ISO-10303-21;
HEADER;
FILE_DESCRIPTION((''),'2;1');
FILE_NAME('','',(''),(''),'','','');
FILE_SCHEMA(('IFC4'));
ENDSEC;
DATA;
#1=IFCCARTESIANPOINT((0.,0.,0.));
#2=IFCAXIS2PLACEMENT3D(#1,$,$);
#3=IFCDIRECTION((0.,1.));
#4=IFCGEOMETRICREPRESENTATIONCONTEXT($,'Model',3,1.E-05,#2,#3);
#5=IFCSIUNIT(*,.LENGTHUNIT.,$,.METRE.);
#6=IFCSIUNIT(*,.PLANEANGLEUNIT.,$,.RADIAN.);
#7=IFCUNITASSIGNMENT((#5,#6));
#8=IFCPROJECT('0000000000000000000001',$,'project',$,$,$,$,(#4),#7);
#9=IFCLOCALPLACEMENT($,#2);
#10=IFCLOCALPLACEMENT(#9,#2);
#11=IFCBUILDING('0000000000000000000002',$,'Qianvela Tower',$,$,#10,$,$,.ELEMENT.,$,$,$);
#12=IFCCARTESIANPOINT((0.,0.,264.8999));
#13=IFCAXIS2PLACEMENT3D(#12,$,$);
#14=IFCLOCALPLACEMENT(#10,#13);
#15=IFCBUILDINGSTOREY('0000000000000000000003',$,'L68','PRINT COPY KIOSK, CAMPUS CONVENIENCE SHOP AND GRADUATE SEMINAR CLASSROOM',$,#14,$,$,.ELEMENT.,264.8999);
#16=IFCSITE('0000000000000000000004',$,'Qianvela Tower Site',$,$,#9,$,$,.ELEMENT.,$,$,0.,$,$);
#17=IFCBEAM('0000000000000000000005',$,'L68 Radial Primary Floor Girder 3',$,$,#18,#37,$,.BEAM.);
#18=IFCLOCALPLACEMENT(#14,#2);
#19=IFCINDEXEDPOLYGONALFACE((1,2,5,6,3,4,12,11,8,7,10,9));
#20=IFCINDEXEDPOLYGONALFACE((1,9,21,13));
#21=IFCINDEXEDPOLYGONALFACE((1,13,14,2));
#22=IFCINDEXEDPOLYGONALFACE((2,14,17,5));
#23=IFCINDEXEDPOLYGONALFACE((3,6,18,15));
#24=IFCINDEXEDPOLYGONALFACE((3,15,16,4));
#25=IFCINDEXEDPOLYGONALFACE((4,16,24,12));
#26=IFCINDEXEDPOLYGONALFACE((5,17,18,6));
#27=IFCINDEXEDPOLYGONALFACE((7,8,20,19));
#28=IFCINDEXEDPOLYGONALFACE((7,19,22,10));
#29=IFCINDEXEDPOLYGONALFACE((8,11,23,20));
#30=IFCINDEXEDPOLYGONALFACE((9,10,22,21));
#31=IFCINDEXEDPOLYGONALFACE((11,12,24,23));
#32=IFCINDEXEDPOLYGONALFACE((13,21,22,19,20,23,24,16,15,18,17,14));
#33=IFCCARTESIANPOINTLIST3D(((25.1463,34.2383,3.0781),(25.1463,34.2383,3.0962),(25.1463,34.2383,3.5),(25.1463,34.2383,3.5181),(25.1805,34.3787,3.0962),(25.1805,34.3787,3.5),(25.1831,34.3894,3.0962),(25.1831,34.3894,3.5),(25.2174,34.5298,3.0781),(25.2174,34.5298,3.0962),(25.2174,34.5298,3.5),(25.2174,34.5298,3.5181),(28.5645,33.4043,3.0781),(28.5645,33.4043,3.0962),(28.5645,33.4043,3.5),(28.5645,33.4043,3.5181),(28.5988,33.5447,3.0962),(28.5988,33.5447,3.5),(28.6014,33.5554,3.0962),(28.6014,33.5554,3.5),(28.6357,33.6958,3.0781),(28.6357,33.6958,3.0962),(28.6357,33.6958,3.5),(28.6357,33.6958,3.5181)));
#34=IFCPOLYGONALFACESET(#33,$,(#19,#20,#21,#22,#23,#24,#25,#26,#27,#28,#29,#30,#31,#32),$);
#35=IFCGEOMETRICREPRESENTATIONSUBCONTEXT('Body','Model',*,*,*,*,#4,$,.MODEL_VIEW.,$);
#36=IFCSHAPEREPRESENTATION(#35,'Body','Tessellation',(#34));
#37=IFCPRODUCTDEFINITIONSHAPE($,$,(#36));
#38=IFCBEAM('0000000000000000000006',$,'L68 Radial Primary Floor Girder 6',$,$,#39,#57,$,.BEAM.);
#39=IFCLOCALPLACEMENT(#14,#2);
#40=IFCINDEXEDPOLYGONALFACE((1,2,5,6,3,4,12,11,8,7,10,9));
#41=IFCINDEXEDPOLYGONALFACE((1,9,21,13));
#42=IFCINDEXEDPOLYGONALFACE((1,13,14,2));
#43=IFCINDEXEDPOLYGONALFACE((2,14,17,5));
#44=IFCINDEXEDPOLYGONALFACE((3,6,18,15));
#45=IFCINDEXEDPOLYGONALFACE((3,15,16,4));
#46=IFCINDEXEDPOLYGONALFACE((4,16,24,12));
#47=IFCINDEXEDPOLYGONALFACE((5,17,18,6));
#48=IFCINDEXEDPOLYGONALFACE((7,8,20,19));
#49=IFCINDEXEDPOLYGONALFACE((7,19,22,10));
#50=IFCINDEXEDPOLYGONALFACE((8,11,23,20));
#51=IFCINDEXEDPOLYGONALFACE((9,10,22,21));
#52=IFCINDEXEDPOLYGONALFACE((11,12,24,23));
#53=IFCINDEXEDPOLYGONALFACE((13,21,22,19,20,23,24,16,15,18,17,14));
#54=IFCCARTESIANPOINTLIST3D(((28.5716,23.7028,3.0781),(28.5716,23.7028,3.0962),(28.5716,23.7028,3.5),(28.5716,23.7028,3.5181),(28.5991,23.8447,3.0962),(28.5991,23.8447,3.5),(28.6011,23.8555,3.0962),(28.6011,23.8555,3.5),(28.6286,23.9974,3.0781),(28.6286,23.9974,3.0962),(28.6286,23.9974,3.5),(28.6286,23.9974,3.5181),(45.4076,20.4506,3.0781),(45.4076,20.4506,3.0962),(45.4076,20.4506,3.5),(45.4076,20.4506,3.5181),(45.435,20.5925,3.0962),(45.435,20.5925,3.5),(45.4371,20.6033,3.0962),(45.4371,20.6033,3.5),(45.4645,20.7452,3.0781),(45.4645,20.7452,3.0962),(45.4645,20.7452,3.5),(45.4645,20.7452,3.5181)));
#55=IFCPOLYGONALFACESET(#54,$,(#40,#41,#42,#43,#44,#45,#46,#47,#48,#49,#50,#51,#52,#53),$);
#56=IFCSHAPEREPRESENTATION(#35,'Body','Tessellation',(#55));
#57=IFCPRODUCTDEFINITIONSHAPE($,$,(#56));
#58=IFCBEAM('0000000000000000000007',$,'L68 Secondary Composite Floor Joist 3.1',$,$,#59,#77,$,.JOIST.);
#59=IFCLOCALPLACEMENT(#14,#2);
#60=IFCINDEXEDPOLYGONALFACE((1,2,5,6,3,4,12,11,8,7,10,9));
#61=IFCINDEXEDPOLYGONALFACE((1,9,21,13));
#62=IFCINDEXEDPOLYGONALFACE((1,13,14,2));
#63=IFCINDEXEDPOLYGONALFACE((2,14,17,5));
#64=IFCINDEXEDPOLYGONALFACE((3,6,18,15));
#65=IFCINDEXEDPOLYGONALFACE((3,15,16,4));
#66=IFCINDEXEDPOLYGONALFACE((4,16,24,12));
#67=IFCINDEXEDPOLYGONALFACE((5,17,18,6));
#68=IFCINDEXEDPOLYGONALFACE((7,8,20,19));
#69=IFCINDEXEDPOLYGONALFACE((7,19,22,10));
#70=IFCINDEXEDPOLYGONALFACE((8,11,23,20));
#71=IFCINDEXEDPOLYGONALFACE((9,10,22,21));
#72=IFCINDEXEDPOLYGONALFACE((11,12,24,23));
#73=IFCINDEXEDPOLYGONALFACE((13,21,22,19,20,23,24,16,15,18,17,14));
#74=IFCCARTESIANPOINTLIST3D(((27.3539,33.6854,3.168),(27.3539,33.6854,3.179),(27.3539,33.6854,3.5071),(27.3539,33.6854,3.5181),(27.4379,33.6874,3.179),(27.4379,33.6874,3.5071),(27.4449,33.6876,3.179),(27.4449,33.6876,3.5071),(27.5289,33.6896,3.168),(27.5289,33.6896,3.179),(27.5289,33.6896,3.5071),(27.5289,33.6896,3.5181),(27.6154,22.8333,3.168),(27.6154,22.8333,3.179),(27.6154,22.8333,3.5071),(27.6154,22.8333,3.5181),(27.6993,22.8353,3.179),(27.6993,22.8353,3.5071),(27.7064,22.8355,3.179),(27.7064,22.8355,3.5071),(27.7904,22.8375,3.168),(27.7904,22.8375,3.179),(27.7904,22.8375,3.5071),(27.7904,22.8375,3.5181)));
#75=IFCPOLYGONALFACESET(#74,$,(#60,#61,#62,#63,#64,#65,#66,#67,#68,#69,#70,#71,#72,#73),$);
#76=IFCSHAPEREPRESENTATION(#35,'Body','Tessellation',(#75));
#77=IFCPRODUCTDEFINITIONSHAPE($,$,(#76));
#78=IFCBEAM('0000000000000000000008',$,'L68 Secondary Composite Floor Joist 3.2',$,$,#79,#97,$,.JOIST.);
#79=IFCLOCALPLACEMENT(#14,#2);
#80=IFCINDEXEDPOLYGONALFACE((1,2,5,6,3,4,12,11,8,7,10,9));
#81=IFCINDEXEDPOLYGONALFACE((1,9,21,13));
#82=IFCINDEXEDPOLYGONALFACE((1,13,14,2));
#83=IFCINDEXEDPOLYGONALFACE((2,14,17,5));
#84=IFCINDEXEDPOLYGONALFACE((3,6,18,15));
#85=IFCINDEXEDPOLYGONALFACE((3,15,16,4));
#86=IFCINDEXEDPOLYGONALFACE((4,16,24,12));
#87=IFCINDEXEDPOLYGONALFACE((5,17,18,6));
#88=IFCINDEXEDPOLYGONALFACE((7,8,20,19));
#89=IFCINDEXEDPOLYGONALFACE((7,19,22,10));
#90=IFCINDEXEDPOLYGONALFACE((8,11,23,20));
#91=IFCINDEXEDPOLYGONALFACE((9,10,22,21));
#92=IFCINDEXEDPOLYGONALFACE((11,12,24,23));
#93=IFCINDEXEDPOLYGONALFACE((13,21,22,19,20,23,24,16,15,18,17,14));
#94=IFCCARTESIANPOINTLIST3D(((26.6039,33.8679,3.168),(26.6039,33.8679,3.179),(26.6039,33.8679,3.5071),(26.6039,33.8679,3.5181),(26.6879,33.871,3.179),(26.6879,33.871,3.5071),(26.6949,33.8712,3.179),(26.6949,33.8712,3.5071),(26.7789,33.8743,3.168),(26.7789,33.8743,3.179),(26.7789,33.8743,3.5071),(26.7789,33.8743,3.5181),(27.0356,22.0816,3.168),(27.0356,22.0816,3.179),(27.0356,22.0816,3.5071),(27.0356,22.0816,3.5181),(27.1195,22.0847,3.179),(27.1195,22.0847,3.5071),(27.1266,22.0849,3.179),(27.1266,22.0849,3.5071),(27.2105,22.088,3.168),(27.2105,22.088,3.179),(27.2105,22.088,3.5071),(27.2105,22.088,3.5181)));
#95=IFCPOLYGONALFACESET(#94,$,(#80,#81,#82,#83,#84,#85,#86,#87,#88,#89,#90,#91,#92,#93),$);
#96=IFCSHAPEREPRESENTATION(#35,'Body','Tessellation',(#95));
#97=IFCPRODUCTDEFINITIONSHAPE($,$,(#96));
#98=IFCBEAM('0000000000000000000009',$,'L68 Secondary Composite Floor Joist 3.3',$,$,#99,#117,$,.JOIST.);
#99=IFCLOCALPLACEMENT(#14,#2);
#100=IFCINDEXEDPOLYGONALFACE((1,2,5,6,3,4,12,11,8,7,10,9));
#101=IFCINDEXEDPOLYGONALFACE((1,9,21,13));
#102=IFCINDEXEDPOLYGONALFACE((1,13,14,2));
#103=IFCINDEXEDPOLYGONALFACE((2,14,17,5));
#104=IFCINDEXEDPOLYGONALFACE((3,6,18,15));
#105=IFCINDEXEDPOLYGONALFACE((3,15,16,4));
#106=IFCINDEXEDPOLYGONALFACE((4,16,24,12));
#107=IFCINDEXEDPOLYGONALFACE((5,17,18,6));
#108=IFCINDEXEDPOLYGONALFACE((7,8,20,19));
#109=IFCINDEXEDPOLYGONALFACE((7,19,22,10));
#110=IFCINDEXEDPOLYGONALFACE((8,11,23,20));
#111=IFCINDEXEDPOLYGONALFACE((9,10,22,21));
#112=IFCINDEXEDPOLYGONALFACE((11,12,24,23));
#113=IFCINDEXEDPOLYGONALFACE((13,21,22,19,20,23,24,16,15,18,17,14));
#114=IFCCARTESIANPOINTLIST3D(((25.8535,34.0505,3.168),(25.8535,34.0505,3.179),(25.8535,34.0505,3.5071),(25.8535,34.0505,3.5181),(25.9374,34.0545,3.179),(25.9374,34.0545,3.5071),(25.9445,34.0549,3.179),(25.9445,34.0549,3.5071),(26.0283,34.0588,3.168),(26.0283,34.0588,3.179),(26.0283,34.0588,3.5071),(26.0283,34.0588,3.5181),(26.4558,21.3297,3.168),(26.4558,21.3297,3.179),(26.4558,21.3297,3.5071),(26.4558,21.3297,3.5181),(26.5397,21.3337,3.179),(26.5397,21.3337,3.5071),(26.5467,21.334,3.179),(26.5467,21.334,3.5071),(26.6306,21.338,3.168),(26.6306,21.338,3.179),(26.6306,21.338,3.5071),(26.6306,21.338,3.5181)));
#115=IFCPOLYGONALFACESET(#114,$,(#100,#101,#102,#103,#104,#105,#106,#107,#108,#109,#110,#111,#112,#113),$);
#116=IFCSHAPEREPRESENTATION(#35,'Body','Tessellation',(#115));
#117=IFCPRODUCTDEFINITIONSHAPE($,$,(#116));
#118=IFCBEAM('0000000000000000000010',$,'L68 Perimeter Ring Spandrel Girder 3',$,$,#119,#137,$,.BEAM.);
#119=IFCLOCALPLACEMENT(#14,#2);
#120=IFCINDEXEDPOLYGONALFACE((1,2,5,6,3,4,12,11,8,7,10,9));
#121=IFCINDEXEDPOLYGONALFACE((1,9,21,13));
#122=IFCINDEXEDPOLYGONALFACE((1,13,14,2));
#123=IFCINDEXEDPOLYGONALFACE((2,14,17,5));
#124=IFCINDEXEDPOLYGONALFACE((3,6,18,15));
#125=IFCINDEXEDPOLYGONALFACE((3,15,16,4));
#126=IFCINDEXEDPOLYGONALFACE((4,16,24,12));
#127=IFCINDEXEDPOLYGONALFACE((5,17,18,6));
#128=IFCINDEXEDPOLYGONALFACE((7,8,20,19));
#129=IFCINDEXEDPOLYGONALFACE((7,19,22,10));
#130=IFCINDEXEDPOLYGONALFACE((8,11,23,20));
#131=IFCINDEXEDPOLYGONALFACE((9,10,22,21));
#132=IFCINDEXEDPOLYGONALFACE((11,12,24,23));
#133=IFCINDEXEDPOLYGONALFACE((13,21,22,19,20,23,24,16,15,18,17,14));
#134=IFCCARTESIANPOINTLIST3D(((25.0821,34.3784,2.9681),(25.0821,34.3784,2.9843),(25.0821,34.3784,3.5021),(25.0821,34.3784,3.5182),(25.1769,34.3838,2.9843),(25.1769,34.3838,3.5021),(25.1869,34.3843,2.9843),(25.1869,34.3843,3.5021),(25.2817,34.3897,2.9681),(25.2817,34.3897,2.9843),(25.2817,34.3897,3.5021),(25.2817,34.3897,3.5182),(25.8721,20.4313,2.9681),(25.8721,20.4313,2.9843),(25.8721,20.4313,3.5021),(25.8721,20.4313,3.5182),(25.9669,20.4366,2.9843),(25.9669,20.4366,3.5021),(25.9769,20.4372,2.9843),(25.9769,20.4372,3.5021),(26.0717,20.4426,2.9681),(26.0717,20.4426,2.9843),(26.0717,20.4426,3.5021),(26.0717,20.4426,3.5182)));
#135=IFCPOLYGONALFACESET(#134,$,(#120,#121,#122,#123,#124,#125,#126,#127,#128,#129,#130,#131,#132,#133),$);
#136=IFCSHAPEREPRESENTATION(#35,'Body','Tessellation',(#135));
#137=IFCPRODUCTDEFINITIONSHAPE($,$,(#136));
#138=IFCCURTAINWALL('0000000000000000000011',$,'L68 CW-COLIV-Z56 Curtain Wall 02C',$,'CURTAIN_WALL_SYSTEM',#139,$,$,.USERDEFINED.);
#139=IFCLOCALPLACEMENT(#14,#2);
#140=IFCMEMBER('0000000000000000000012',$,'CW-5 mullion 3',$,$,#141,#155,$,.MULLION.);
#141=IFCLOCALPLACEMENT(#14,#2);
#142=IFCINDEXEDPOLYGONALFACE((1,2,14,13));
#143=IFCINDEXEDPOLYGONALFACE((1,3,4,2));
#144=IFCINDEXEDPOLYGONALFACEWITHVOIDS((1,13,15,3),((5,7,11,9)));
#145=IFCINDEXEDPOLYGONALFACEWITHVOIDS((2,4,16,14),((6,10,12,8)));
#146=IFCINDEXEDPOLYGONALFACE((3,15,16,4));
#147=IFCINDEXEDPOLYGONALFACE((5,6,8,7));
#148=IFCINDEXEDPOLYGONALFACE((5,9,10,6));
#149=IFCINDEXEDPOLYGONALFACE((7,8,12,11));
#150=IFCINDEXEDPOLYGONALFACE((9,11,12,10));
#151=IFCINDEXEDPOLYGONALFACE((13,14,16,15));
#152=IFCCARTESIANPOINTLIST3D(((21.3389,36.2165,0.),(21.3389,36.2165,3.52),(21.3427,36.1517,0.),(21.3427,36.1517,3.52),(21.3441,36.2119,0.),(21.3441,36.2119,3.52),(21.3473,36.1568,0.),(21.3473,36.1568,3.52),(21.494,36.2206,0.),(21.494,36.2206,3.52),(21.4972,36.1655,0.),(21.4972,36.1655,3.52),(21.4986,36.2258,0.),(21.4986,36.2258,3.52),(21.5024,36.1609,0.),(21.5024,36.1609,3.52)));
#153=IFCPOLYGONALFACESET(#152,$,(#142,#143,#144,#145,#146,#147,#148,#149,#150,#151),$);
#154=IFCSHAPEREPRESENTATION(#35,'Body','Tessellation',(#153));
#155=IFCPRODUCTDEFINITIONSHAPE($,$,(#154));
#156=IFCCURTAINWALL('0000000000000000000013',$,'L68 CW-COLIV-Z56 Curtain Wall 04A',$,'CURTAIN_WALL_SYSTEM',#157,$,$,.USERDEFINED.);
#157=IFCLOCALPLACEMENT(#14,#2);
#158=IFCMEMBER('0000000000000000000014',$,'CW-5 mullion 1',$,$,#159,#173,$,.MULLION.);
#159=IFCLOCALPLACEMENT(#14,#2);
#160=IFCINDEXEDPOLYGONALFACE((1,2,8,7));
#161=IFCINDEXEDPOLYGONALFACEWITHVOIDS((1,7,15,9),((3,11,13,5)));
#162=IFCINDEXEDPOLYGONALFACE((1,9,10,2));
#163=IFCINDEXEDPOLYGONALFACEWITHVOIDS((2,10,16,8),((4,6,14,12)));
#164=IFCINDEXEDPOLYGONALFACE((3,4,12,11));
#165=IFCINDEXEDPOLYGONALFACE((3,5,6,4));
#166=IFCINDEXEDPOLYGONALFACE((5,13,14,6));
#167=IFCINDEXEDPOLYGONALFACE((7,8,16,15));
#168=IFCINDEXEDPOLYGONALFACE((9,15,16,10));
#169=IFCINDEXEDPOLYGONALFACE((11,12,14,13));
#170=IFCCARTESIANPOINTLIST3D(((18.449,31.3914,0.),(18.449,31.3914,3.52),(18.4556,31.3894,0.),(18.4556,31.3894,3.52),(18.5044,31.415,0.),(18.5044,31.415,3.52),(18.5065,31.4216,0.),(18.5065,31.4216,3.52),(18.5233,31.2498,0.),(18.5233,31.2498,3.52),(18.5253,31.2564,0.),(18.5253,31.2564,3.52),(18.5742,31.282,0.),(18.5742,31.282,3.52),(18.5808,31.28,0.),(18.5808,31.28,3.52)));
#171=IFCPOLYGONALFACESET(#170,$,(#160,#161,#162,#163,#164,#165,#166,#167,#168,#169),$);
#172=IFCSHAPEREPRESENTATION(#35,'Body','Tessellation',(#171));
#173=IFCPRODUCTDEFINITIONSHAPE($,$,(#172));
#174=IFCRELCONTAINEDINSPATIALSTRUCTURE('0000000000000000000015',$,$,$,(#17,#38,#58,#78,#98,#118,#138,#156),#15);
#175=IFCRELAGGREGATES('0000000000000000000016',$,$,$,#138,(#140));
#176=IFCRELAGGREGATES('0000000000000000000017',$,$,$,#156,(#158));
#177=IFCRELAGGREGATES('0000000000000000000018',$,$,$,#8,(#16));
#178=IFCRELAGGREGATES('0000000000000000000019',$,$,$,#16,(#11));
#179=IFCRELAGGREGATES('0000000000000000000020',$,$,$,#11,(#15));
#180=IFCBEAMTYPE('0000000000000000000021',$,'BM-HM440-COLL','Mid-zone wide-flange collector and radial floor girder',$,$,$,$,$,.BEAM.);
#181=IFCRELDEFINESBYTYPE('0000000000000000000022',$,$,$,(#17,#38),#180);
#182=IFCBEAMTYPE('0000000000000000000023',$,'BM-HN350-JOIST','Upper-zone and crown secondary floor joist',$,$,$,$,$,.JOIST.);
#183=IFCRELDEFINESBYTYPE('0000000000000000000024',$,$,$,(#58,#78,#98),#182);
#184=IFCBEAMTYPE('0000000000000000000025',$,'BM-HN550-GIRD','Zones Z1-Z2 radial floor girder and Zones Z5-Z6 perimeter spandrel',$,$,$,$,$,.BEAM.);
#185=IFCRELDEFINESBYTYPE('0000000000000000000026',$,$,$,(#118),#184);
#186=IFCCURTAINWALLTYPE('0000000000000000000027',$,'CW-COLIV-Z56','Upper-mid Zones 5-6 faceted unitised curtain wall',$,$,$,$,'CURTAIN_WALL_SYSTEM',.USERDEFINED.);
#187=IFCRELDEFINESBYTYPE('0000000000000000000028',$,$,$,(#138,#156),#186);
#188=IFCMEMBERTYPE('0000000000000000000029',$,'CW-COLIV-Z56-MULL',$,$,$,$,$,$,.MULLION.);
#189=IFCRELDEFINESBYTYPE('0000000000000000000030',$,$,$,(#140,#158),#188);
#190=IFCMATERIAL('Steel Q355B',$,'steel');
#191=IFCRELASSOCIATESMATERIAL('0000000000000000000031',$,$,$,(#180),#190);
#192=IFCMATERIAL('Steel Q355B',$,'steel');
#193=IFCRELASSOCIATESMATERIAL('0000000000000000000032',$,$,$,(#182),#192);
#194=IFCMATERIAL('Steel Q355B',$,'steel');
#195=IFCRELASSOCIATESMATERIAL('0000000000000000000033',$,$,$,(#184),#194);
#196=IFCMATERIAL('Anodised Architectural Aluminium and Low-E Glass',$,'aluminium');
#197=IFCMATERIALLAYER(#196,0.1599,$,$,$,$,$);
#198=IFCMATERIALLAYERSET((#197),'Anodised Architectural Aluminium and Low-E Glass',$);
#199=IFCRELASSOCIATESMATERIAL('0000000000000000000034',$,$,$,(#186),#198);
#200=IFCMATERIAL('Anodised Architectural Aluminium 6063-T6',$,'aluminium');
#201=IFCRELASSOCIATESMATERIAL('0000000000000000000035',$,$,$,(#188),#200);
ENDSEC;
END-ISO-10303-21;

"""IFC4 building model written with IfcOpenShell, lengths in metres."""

from ifc_helpers import new_model, si_unit, direction, frame, origin, origin_2d, place, context, subcontext, project, spatial, hollow_rectangle, i_section, extrude, material, layer, layer_set, material_profile, profile_set, type_object, element, aggregate, save


model = new_model("IFC4")

# Units and contexts
model_context = context("Model", 3, precision=1e-05, world=origin(), true_north=direction((0.0, 1.0)))
body_context = subcontext(model_context, "Body", "Model", "MODEL_VIEW")
ifc_project = project(units=[si_unit("LENGTHUNIT", "METRE"), si_unit("PLANEANGLEUNIT", "RADIAN")], contexts=[model_context])

# Site, building, storey
site_placement = place(None, origin())
site = spatial("IfcSite", under=ifc_project, at=site_placement, Name="Qianvela Tower Site", CompositionType="ELEMENT", RefElevation=0.0)
building_placement = place(site_placement, origin())
building = spatial("IfcBuilding", under=site, at=building_placement, Name="Qianvela Tower", CompositionType="ELEMENT")
storey_placement = place(building_placement, frame((0.0, 0.0, 264.8999)))
storey = spatial("IfcBuildingStorey", under=building, at=storey_placement, Name="L68", Description="PRINT COPY KIOSK, CAMPUS CONVENIENCE SHOP AND GRADUATE SEMINAR CLASSROOM", CompositionType="ELEMENT", Elevation=264.8999)

# Beams
ifc_material_1 = material(Name="Steel Q355B", Category="steel")
ifc_material_profile_1 = material_profile(ifc_material_1, i_section(OverallWidth=0.3, OverallDepth=0.4399, WebThickness=0.011, FlangeThickness=0.0181, at=origin_2d()), Name="HM440x300x11x18")
ifc_profile_set_1 = profile_set([ifc_material_profile_1], Name="Steel Q355B")
beam_type_1 = type_object("IfcBeamType", Name="BM-HM440-COLL", Description="Mid-zone wide-flange collector and radial floor girder", PredefinedType="BEAM", material=ifc_profile_set_1)
beam_1_placement = place(storey_placement, frame((28.6001, 33.55, 3.2981), z_axis=(-0.971502, 0.23703, 0.0), x_axis=(-0.23703, -0.971502, 0.0)))
element("IfcBeam", 1, at=beam_1_placement, inside=storey, type_object=beam_type_1, Name="L68 Radial Primary Floor Girder 3", PredefinedType="BEAM", context=body_context, shape_type="SweptSolid", body=[
    extrude(i_section(OverallWidth=0.3, OverallDepth=0.4399, WebThickness=0.011, FlangeThickness=0.0181, at=origin_2d()), origin(), (0.0, 0.0, 1.0), 3.5186),
])
beam_2_placement = place(storey_placement, frame((28.6001, 23.8501, 3.2981), z_axis=(0.981849, -0.189664, 0.0), x_axis=(0.189664, 0.981849, 0.0)))
element("IfcBeam", 2, at=beam_2_placement, inside=storey, type_object=beam_type_1, Name="L68 Radial Primary Floor Girder 6", PredefinedType="BEAM", context=body_context, shape_type="SweptSolid", body=[
    extrude(i_section(OverallWidth=0.3, OverallDepth=0.4399, WebThickness=0.011, FlangeThickness=0.0181, at=origin_2d()), origin(), (0.0, 0.0, 1.0), 17.1472),
])
ifc_material_2 = material(Name="Steel Q355B", Category="steel")
ifc_material_profile_2 = material_profile(ifc_material_2, i_section(OverallWidth=0.175, OverallDepth=0.3501, WebThickness=0.0071, FlangeThickness=0.011, at=origin_2d()), Name="HN350x175x7x11")
ifc_profile_set_2 = profile_set([ifc_material_profile_2], Name="Steel Q355B")
beam_type_2 = type_object("IfcBeamType", Name="BM-HN350-JOIST", Description="Upper-zone and crown secondary floor joist", PredefinedType="JOIST", material=ifc_profile_set_2)
beam_3_placement = place(storey_placement, frame((27.4414, 33.6875, 3.343), z_axis=(0.024087, -0.99971, 0.0), x_axis=(0.99971, 0.024087, 0.0)))
element("IfcBeam", 3, at=beam_3_placement, inside=storey, type_object=beam_type_2, Name="L68 Secondary Composite Floor Joist 3.1", PredefinedType="JOIST", context=body_context, shape_type="SweptSolid", body=[
    extrude(i_section(OverallWidth=0.175, OverallDepth=0.3501, WebThickness=0.0071, FlangeThickness=0.011, at=origin_2d()), origin(), (0.0, 0.0, 1.0), 10.8552),
])
beam_4_placement = place(storey_placement, frame((26.6914, 33.8711, 3.343), z_axis=(0.036597, -0.99933, 0.0), x_axis=(0.99933, 0.036597, 0.0)))
element("IfcBeam", 4, at=beam_4_placement, inside=storey, type_object=beam_type_2, Name="L68 Secondary Composite Floor Joist 3.2", PredefinedType="JOIST", context=body_context, shape_type="SweptSolid", body=[
    extrude(i_section(OverallWidth=0.175, OverallDepth=0.3501, WebThickness=0.0071, FlangeThickness=0.011, at=origin_2d()), origin(), (0.0, 0.0, 1.0), 11.7942),
])
beam_5_placement = place(storey_placement, frame((25.9409, 34.0547, 3.343), z_axis=(0.047294, -0.998881, 0.0), x_axis=(0.998881, 0.047294, 0.0)))
element("IfcBeam", 5, at=beam_5_placement, inside=storey, type_object=beam_type_2, Name="L68 Secondary Composite Floor Joist 3.3", PredefinedType="JOIST", context=body_context, shape_type="SweptSolid", body=[
    extrude(i_section(OverallWidth=0.175, OverallDepth=0.3501, WebThickness=0.0071, FlangeThickness=0.011, at=origin_2d()), origin(), (0.0, 0.0, 1.0), 12.7351),
])
ifc_material_3 = material(Name="Steel Q355B", Category="steel")
ifc_material_profile_3 = material_profile(ifc_material_3, i_section(OverallWidth=0.2, OverallDepth=0.55, WebThickness=0.01, FlangeThickness=0.0161, at=origin_2d()), Name="HN550x200x10x16")
ifc_profile_set_3 = profile_set([ifc_material_profile_3], Name="Steel Q355B")
beam_type_3 = type_object("IfcBeamType", Name="BM-HN550-GIRD", Description="Zones Z1-Z2 radial floor girder and Zones Z5-Z6 perimeter spandrel", PredefinedType="BEAM", material=ifc_profile_set_3)
beam_6_placement = place(storey_placement, frame((25.1819, 34.384, 3.2432), z_axis=(0.056555, -0.998399, 0.0), x_axis=(0.998399, 0.056555, 0.0)))
element("IfcBeam", 6, at=beam_6_placement, inside=storey, type_object=beam_type_3, Name="L68 Perimeter Ring Spandrel Girder 3", PredefinedType="BEAM", context=body_context, shape_type="SweptSolid", body=[
    extrude(i_section(OverallWidth=0.2, OverallDepth=0.55, WebThickness=0.01, FlangeThickness=0.0161, at=origin_2d()), origin(), (0.0, 0.0, 1.0), 13.9695),
])

# Curtain wall, member
ifc_material_4 = material(Name="Anodised Architectural Aluminium and Low-E Glass", Category="aluminium")
ifc_layer_1 = layer(ifc_material_4, 0.1599)
ifc_layer_set_1 = layer_set([ifc_layer_1], Name="Anodised Architectural Aluminium and Low-E Glass")
curtain_wall_type = type_object("IfcCurtainWallType", Name="CW-COLIV-Z56", Description="Upper-mid Zones 5-6 faceted unitised curtain wall", ElementType="CURTAIN_WALL_SYSTEM", PredefinedType="USERDEFINED", material=ifc_layer_set_1)
curtain_wall_1_placement = place(storey_placement, origin())
curtain_wall_1 = element("IfcCurtainWall", 7, at=curtain_wall_1_placement, inside=storey, type_object=curtain_wall_type, Name="L68 CW-COLIV-Z56 Curtain Wall 02C", ObjectType="CURTAIN_WALL_SYSTEM", PredefinedType="USERDEFINED")
ifc_material_5 = material(Name="Anodised Architectural Aluminium 6063-T6", Category="aluminium")
ifc_material_profile_4 = material_profile(ifc_material_5, hollow_rectangle(XDim=0.0649, YDim=0.1599, WallThickness=0.0049, at=origin_2d()), Name="ALU-MULL-65x160")
ifc_profile_set_4 = profile_set([ifc_material_profile_4], Name="Anodised Architectural Aluminium 6063-T6")
member_type_1 = type_object("IfcMemberType", Name="CW-COLIV-Z56-MULL", PredefinedType="MULLION", material=ifc_profile_set_4)
member_1_placement = place(storey_placement, frame((21.4207, 36.1887, 0.0), z_axis=(0.0, 0.0, 1.0), x_axis=(0.058037, -0.998314, 0.0)))
member_1 = element("IfcMember", 8, at=member_1_placement, type_object=member_type_1, Name="CW-5 mullion 3", PredefinedType="MULLION", context=body_context, shape_type="SweptSolid", body=[
    extrude(hollow_rectangle(XDim=0.0649, YDim=0.1599, WallThickness=0.0049, at=origin_2d()), origin(), (0.0, 0.0, 1.0), 3.52),
])

# Curtain wall, member
curtain_wall_2_placement = place(storey_placement, origin())
curtain_wall_2 = element("IfcCurtainWall", 9, at=curtain_wall_2_placement, inside=storey, type_object=curtain_wall_type, Name="L68 CW-COLIV-Z56 Curtain Wall 04A", ObjectType="CURTAIN_WALL_SYSTEM", PredefinedType="USERDEFINED")
member_2_placement = place(storey_placement, frame((18.5149, 31.3357, 0.0), z_axis=(0.0, 0.0, 1.0), x_axis=(0.885555, 0.464534, 0.0)))
member_2 = element("IfcMember", 10, at=member_2_placement, type_object=member_type_1, Name="CW-5 mullion 1", PredefinedType="MULLION", context=body_context, shape_type="SweptSolid", body=[
    extrude(hollow_rectangle(XDim=0.0649, YDim=0.1599, WallThickness=0.0049, at=origin_2d()), origin(), (0.0, 0.0, 1.0), 3.52),
])

aggregate(curtain_wall_1, [member_1])
aggregate(curtain_wall_2, [member_2])

save(model, "model.ifc")
